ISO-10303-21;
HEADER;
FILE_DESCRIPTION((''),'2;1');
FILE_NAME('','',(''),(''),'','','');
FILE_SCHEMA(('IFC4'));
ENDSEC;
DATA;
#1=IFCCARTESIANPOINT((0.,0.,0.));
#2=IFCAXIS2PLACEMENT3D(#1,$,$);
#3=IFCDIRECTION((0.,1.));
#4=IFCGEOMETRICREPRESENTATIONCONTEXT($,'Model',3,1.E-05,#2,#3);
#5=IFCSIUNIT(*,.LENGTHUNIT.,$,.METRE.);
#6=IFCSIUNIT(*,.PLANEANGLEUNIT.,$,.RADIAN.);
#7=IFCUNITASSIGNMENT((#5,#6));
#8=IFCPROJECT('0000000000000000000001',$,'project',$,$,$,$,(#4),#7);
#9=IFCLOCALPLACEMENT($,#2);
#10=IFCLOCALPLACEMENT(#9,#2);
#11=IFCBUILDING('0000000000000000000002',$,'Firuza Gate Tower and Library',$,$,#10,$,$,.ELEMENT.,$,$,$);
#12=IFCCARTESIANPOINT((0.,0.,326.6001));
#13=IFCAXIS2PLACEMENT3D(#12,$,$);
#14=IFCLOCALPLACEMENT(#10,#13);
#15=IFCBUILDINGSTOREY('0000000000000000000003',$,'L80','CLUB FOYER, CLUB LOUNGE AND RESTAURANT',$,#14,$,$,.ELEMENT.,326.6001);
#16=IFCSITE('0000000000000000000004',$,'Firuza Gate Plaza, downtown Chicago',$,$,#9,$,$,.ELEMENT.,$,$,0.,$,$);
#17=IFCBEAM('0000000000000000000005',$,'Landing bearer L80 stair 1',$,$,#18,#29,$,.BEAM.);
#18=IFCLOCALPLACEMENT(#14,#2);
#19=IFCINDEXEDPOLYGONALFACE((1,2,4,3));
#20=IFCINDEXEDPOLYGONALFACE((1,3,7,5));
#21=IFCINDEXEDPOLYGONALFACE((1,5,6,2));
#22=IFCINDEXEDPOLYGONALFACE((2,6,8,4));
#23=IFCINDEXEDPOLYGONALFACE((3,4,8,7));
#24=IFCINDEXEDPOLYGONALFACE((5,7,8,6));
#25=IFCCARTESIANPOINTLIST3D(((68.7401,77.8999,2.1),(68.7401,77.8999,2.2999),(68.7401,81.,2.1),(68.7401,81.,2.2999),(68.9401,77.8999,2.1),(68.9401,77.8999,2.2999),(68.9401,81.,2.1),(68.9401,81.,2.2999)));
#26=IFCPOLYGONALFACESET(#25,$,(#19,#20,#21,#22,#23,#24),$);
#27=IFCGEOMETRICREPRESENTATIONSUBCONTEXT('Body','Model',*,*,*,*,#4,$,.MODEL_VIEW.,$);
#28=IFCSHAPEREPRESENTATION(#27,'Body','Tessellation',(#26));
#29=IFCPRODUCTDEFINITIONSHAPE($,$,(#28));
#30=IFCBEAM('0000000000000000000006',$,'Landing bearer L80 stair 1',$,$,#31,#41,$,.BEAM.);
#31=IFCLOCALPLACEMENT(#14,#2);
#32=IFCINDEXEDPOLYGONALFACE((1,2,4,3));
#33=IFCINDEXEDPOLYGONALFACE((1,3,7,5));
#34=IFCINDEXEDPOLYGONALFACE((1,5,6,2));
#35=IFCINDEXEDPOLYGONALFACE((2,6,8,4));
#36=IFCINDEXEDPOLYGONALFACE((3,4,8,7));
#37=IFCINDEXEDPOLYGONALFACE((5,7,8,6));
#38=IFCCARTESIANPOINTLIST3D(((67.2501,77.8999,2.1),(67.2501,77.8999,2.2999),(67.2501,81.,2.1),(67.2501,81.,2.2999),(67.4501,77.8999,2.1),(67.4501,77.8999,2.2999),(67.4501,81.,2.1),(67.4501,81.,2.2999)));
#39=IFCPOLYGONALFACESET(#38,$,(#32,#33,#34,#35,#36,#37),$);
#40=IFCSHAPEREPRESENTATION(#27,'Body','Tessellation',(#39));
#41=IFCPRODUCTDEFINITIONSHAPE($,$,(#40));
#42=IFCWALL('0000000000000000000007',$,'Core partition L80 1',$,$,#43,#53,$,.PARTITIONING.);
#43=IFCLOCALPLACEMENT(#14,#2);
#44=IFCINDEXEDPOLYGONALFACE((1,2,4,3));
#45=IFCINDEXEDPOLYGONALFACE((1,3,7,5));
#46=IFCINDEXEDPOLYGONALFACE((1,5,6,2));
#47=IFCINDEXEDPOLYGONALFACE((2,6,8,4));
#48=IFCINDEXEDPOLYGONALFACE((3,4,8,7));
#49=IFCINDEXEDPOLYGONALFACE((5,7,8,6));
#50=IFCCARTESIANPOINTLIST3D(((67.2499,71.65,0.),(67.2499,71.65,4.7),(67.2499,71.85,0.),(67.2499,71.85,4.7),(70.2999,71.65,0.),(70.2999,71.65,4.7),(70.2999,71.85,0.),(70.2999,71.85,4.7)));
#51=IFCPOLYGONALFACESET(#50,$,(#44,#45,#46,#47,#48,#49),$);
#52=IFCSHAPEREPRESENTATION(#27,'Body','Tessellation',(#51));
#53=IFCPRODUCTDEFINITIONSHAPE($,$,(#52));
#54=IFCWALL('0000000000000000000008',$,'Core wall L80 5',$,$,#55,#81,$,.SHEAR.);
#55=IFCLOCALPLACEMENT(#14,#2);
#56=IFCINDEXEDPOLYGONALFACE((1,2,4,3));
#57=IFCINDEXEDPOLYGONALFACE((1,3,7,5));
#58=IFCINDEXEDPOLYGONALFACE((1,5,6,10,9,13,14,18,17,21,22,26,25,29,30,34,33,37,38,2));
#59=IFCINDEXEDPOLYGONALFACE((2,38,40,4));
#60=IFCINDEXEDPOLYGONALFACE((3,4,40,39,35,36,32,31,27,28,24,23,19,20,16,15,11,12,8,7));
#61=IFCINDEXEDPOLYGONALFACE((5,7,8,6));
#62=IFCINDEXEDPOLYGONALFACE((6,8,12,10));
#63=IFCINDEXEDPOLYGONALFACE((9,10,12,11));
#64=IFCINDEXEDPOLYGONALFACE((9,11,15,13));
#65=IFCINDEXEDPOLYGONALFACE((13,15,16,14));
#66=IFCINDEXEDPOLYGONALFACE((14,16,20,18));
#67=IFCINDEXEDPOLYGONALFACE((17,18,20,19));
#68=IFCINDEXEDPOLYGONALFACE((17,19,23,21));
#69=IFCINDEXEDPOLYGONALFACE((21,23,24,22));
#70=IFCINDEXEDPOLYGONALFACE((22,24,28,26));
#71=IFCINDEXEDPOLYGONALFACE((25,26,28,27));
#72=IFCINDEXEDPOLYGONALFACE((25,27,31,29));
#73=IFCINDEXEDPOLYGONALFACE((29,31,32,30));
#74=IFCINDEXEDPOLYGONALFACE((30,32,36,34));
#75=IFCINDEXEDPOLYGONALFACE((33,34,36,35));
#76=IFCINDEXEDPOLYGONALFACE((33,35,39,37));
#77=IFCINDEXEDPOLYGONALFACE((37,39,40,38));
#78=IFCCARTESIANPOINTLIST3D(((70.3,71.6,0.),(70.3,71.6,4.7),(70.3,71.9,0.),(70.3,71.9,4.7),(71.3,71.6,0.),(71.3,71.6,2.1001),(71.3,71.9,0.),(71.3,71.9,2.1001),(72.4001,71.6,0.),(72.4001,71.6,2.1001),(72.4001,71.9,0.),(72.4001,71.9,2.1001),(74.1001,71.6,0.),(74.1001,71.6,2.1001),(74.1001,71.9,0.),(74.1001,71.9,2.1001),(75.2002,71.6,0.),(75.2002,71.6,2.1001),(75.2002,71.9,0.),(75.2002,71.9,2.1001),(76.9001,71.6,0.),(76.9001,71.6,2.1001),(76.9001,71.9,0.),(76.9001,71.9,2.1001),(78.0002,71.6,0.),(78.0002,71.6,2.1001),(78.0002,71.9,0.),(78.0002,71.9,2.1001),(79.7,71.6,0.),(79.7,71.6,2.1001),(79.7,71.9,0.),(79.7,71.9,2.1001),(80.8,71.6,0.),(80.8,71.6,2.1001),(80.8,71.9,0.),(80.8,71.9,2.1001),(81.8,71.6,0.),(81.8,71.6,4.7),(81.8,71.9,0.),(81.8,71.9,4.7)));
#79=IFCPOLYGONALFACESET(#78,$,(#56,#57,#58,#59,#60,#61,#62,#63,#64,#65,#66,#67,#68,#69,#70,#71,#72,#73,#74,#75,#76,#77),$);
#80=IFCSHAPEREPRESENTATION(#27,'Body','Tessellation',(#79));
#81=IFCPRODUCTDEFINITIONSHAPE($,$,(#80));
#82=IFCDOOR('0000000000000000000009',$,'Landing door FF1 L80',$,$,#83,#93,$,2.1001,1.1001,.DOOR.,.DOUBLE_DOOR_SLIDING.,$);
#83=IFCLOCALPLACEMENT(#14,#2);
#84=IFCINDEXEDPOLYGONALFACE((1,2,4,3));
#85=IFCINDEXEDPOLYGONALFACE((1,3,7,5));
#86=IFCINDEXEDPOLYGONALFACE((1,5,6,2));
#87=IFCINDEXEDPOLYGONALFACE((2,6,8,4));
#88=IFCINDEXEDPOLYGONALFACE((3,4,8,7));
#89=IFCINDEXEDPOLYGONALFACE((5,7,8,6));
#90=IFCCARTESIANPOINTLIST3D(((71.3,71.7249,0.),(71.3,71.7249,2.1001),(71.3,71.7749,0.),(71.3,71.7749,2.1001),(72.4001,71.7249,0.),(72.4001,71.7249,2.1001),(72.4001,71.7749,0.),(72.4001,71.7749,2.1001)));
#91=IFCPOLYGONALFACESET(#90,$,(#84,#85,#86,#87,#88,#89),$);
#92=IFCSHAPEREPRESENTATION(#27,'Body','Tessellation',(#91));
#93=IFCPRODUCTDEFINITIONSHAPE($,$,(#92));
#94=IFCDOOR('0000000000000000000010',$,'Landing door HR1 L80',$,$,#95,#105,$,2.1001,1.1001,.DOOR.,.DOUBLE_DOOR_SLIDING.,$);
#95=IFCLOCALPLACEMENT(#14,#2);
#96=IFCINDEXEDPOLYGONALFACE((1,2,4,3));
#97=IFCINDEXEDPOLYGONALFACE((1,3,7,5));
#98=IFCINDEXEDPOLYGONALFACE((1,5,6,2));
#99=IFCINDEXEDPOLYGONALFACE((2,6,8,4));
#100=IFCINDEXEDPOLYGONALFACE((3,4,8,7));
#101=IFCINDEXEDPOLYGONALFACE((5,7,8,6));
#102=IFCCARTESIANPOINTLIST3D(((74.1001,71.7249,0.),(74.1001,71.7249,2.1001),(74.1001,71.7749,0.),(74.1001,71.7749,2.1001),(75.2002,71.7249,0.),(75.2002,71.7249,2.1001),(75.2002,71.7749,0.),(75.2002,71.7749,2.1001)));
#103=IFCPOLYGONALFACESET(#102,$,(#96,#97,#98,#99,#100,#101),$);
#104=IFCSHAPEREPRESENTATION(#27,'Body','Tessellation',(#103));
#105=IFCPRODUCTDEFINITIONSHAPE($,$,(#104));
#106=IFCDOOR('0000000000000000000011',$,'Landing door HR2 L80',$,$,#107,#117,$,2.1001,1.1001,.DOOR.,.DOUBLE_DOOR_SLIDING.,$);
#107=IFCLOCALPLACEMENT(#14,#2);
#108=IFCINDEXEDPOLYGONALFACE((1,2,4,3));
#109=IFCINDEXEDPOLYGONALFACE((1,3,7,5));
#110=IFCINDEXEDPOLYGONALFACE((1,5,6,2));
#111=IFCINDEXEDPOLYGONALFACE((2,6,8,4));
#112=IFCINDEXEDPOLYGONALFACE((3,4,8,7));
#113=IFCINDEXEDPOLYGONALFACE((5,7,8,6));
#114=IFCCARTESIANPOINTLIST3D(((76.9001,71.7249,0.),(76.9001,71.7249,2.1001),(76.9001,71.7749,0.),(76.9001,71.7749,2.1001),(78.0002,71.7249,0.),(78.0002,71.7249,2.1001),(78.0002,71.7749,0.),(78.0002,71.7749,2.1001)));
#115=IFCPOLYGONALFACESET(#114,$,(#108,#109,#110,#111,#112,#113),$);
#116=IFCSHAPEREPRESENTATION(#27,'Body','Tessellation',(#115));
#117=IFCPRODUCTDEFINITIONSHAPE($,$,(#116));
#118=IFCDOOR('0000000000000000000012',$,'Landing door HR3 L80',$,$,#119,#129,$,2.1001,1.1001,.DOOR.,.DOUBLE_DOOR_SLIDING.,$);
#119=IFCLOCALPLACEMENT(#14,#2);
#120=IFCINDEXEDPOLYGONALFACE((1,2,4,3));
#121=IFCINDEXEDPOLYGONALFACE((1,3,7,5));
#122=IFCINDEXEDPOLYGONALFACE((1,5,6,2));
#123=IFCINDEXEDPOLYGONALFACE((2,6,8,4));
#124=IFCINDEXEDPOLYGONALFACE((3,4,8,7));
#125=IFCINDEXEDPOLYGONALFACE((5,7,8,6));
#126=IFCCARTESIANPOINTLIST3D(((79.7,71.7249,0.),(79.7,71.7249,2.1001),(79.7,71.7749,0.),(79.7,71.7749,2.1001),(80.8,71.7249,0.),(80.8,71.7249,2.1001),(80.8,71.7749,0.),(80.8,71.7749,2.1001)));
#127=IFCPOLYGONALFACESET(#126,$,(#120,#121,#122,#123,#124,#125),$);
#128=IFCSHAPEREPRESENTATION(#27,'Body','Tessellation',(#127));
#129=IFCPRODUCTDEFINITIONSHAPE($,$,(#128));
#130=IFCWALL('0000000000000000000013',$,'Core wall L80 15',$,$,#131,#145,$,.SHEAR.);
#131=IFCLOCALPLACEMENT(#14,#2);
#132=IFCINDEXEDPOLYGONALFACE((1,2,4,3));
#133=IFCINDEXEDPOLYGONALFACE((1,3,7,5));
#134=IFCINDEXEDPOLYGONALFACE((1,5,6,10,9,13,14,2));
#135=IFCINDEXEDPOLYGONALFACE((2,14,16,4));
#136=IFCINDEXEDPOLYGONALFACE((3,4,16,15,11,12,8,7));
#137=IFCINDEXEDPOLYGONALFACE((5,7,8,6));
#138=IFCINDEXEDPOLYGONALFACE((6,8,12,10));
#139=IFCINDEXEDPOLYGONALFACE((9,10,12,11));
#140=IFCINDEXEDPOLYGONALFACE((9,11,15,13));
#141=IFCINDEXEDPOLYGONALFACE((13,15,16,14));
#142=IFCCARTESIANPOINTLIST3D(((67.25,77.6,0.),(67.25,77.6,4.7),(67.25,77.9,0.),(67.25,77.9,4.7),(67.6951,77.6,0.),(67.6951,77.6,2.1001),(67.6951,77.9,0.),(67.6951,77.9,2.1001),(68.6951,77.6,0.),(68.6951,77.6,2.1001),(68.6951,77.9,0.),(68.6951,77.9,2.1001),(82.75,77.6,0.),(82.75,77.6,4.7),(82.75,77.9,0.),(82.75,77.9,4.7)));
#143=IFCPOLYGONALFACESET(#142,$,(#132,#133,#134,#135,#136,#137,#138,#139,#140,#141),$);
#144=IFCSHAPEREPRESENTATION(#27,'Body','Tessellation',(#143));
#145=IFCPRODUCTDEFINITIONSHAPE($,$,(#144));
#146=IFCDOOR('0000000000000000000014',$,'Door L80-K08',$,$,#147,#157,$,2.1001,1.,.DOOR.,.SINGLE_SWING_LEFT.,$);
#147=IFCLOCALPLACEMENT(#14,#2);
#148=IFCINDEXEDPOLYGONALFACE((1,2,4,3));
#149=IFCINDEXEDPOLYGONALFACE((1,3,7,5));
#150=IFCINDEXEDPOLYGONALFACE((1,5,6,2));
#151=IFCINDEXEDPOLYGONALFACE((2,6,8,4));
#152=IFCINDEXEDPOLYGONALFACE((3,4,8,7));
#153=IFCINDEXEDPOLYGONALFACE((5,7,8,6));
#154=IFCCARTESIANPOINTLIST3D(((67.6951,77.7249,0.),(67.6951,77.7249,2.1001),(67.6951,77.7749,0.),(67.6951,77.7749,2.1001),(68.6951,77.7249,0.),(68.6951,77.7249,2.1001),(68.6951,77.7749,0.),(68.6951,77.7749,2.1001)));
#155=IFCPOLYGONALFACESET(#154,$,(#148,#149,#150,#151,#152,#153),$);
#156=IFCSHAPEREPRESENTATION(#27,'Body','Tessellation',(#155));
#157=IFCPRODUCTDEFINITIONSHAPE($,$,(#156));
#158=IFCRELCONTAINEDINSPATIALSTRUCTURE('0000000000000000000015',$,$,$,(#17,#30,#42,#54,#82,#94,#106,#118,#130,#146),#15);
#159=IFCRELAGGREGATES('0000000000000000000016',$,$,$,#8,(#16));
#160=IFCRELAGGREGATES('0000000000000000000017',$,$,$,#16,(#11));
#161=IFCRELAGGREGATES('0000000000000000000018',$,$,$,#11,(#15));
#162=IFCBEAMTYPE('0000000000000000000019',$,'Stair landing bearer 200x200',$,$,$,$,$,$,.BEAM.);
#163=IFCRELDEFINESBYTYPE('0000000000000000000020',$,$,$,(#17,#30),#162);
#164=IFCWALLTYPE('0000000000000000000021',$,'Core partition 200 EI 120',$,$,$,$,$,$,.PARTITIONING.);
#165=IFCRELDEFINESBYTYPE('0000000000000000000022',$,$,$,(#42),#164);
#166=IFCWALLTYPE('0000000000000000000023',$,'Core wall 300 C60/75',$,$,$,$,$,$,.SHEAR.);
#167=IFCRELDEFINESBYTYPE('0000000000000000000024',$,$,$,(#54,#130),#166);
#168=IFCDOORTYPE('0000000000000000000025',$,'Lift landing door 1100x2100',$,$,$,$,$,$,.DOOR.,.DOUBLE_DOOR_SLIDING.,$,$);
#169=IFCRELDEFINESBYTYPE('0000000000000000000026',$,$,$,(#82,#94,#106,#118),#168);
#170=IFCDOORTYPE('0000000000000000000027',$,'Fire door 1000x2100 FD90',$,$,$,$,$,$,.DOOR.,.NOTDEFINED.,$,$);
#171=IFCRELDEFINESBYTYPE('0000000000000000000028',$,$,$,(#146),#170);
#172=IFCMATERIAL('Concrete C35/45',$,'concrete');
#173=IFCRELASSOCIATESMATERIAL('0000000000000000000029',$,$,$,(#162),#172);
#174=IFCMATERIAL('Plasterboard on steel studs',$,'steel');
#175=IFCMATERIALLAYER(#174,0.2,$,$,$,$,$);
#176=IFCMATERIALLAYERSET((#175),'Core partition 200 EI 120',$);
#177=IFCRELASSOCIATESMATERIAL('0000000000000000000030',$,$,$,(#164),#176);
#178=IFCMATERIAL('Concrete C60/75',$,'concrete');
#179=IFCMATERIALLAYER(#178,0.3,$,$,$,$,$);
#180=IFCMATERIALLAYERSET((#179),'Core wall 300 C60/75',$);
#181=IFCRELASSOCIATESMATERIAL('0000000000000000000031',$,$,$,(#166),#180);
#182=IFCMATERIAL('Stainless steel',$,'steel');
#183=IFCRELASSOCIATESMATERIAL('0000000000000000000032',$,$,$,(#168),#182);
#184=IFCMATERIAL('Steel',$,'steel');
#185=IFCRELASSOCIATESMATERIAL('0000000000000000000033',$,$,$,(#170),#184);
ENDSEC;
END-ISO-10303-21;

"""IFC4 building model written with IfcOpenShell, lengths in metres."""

from ifc_helpers import new_model, si_unit, direction, frame, frame_2d, origin, origin_2d, place, context, subcontext, project, spatial, rectangle, extrude, material, layer, layer_set, material_profile, profile_set, type_object, element, fill, save


model = new_model("IFC4")

# Units and contexts
model_context = context("Model", 3, precision=1e-05, world=origin(), true_north=direction((0.0, 1.0)))
body_context = subcontext(model_context, "Body", "Model", "MODEL_VIEW")
ifc_project = project(units=[si_unit("LENGTHUNIT", "METRE"), si_unit("PLANEANGLEUNIT", "RADIAN")], contexts=[model_context])

# Site, building, storey
site_placement = place(None, origin())
site = spatial("IfcSite", under=ifc_project, at=site_placement, Name="Firuza Gate Plaza, downtown Chicago", CompositionType="ELEMENT", RefElevation=0.0)
building_placement = place(site_placement, origin())
building = spatial("IfcBuilding", under=site, at=building_placement, Name="Firuza Gate Tower and Library", CompositionType="ELEMENT")
storey_placement = place(building_placement, frame((0.0, 0.0, 326.6001)))
storey = spatial("IfcBuildingStorey", under=building, at=storey_placement, Name="L80", Description="CLUB FOYER, CLUB LOUNGE AND RESTAURANT", CompositionType="ELEMENT", Elevation=326.6001)

# Beams
ifc_material_1 = material(Name="Concrete C35/45", Category="concrete")
ifc_material_profile = material_profile(ifc_material_1, rectangle(XDim=0.2, YDim=0.2, at=origin_2d()))
ifc_profile_set = profile_set([ifc_material_profile], Name="Concrete C35/45")
beam_type = type_object("IfcBeamType", Name="Stair landing bearer 200x200", PredefinedType="BEAM", material=ifc_profile_set)
for number, where, z_axis, x_axis, name in (
    (1, (68.8401, 77.8999, 2.2), (0.0, 1.0, 0.0), (-1.0, 0.0, 0.0), "Landing bearer L80 stair 1"),
    (2, (67.3501, 77.8999, 2.2), (0.0, 1.0, 0.0), (-1.0, 0.0, 0.0), "Landing bearer L80 stair 1"),
):
    element("IfcBeam", number, at=place(storey_placement, frame(where, z_axis=z_axis, x_axis=x_axis)), inside=storey, type_object=beam_type, Name=name, PredefinedType="BEAM", context=body_context, shape_type="SweptSolid", body=[
        extrude(rectangle(XDim=0.2, YDim=0.2, at=origin_2d()), origin(), (0.0, 0.0, 1.0), 3.1001),
    ])

# Wall
ifc_material_2 = material(Name="Plasterboard on steel studs", Category="steel")
ifc_layer_1 = layer(ifc_material_2, 0.2)
ifc_layer_set_1 = layer_set([ifc_layer_1], Name="Core partition 200 EI 120")
wall_type_1 = type_object("IfcWallType", Name="Core partition 200 EI 120", PredefinedType="PARTITIONING", material=ifc_layer_set_1)
wall_1_placement = place(storey_placement, frame((67.25, 71.75, 0.0), z_axis=(0.0, 0.0, 1.0), x_axis=(1.0, 0.0, 0.0)))
element("IfcWall", 3, at=wall_1_placement, inside=storey, type_object=wall_type_1, Name="Core partition L80 1", PredefinedType="PARTITIONING", context=body_context, shape_type="SweptSolid", body=[
    extrude(rectangle(XDim=3.05, YDim=0.2, at=frame_2d((1.5249, 0.0))), origin(), (0.0, 0.0, 1.0), 4.7),
])

# Wall, openings, doors
ifc_material_3 = material(Name="Concrete C60/75", Category="concrete")
ifc_layer_2 = layer(ifc_material_3, 0.3)
ifc_layer_set_2 = layer_set([ifc_layer_2], Name="Core wall 300 C60/75")
wall_type_2 = type_object("IfcWallType", Name="Core wall 300 C60/75", PredefinedType="SHEAR", material=ifc_layer_set_2)
wall_2_placement = place(storey_placement, frame((70.3, 71.75, 0.0), z_axis=(0.0, 0.0, 1.0), x_axis=(1.0, 0.0, 0.0)))
wall_2 = element("IfcWall", 4, at=wall_2_placement, inside=storey, type_object=wall_type_2, Name="Core wall L80 5", PredefinedType="SHEAR", context=body_context, shape_type="SweptSolid", body=[
    extrude(rectangle(XDim=11.5, YDim=0.3, at=frame_2d((5.75, 0.0))), origin(), (0.0, 0.0, 1.0), 4.7),
])
opening_1_placement = place(wall_2_placement, frame((1.0, 0.0, 0.0)))
opening_1 = element("IfcOpeningElement", 5, at=opening_1_placement, cuts=wall_2, PredefinedType="OPENING", context=body_context, shape_type="SweptSolid", body=[
    extrude(rectangle(XDim=1.1001, YDim=2.1001, at=frame_2d((0.55, 1.05))), frame((0.0, 0.1602, 0.0), z_axis=(0.0, -1.0, 0.0), x_axis=(1.0, 0.0, 0.0)), (0.0, 0.0, 1.0), 0.3201),
])
opening_2_placement = place(wall_2_placement, frame((3.8, 0.0, 0.0)))
opening_2 = element("IfcOpeningElement", 6, at=opening_2_placement, cuts=wall_2, PredefinedType="OPENING", context=body_context, shape_type="SweptSolid", body=[
    extrude(rectangle(XDim=1.1001, YDim=2.1001, at=frame_2d((0.55, 1.05))), frame((0.0, 0.1602, 0.0), z_axis=(0.0, -1.0, 0.0), x_axis=(1.0, 0.0, 0.0)), (0.0, 0.0, 1.0), 0.3201),
])
opening_3_placement = place(wall_2_placement, frame((6.6001, 0.0, 0.0)))
opening_3 = element("IfcOpeningElement", 7, at=opening_3_placement, cuts=wall_2, PredefinedType="OPENING", context=body_context, shape_type="SweptSolid", body=[
    extrude(rectangle(XDim=1.1001, YDim=2.1001, at=frame_2d((0.55, 1.05))), frame((0.0, 0.1602, 0.0), z_axis=(0.0, -1.0, 0.0), x_axis=(1.0, 0.0, 0.0)), (0.0, 0.0, 1.0), 0.3201),
])
opening_4_placement = place(wall_2_placement, frame((9.3999, 0.0, 0.0)))
opening_4 = element("IfcOpeningElement", 8, at=opening_4_placement, cuts=wall_2, PredefinedType="OPENING", context=body_context, shape_type="SweptSolid", body=[
    extrude(rectangle(XDim=1.1001, YDim=2.1001, at=frame_2d((0.55, 1.05))), frame((0.0, 0.1602, 0.0), z_axis=(0.0, -1.0, 0.0), x_axis=(1.0, 0.0, 0.0)), (0.0, 0.0, 1.0), 0.3201),
])
ifc_material_4 = material(Name="Stainless steel", Category="steel")
door_type_1 = type_object("IfcDoorType", Name="Lift landing door 1100x2100", OperationType="DOUBLE_DOOR_SLIDING", PredefinedType="DOOR", material=ifc_material_4)
door_1_placement = place(opening_1_placement, origin())
door_1 = element("IfcDoor", 9, at=door_1_placement, inside=storey, type_object=door_type_1, Name="Landing door FF1 L80", OperationType="DOUBLE_DOOR_SLIDING", OverallHeight=2.1001, OverallWidth=1.1001, PredefinedType="DOOR", context=body_context, shape_type="SweptSolid", body=[
    extrude(rectangle(XDim=1.1001, YDim=2.1001, at=frame_2d((0.55, 1.05))), frame((0.0, 0.0249, 0.0), z_axis=(0.0, -1.0, 0.0), x_axis=(1.0, 0.0, 0.0)), (0.0, 0.0, 1.0), 0.05),
])
fill(opening_1, door_1)
door_2_placement = place(opening_2_placement, origin())
door_2 = element("IfcDoor", 10, at=door_2_placement, inside=storey, type_object=door_type_1, Name="Landing door HR1 L80", OperationType="DOUBLE_DOOR_SLIDING", OverallHeight=2.1001, OverallWidth=1.1001, PredefinedType="DOOR", context=body_context, shape_type="SweptSolid", body=[
    extrude(rectangle(XDim=1.1001, YDim=2.1001, at=frame_2d((0.55, 1.05))), frame((0.0, 0.0249, 0.0), z_axis=(0.0, -1.0, 0.0), x_axis=(1.0, 0.0, 0.0)), (0.0, 0.0, 1.0), 0.05),
])
fill(opening_2, door_2)
door_3_placement = place(opening_3_placement, origin())
door_3 = element("IfcDoor", 11, at=door_3_placement, inside=storey, type_object=door_type_1, Name="Landing door HR2 L80", OperationType="DOUBLE_DOOR_SLIDING", OverallHeight=2.1001, OverallWidth=1.1001, PredefinedType="DOOR", context=body_context, shape_type="SweptSolid", body=[
    extrude(rectangle(XDim=1.1001, YDim=2.1001, at=frame_2d((0.55, 1.05))), frame((0.0, 0.0249, 0.0), z_axis=(0.0, -1.0, 0.0), x_axis=(1.0, 0.0, 0.0)), (0.0, 0.0, 1.0), 0.05),
])
fill(opening_3, door_3)
door_4_placement = place(opening_4_placement, origin())
door_4 = element("IfcDoor", 12, at=door_4_placement, inside=storey, type_object=door_type_1, Name="Landing door HR3 L80", OperationType="DOUBLE_DOOR_SLIDING", OverallHeight=2.1001, OverallWidth=1.1001, PredefinedType="DOOR", context=body_context, shape_type="SweptSolid", body=[
    extrude(rectangle(XDim=1.1001, YDim=2.1001, at=frame_2d((0.55, 1.05))), frame((0.0, 0.0249, 0.0), z_axis=(0.0, -1.0, 0.0), x_axis=(1.0, 0.0, 0.0)), (0.0, 0.0, 1.0), 0.05),
])
fill(opening_4, door_4)

# Wall, opening, door
wall_3_placement = place(storey_placement, frame((67.25, 77.75, 0.0), z_axis=(0.0, 0.0, 1.0), x_axis=(1.0, 0.0, 0.0)))
wall_3 = element("IfcWall", 13, at=wall_3_placement, inside=storey, type_object=wall_type_2, Name="Core wall L80 15", PredefinedType="SHEAR", context=body_context, shape_type="SweptSolid", body=[
    extrude(rectangle(XDim=15.5, YDim=0.3, at=frame_2d((7.75, 0.0))), origin(), (0.0, 0.0, 1.0), 4.7),
])
opening_5_placement = place(wall_3_placement, frame((0.4451, 0.0, 0.0)))
opening_5 = element("IfcOpeningElement", 14, at=opening_5_placement, cuts=wall_3, PredefinedType="OPENING", context=body_context, shape_type="SweptSolid", body=[
    extrude(rectangle(XDim=1.0, YDim=2.1001, at=frame_2d((0.5, 1.05))), frame((0.0, 0.1602, 0.0), z_axis=(0.0, -1.0, 0.0), x_axis=(1.0, 0.0, 0.0)), (0.0, 0.0, 1.0), 0.3201),
])
ifc_material_5 = material(Name="Steel", Category="steel")
door_type_2 = type_object("IfcDoorType", Name="Fire door 1000x2100 FD90", OperationType="NOTDEFINED", PredefinedType="DOOR", material=ifc_material_5)
door_5_placement = place(opening_5_placement, origin())
door_5 = element("IfcDoor", 15, at=door_5_placement, inside=storey, type_object=door_type_2, Name="Door L80-K08", OperationType="SINGLE_SWING_LEFT", OverallHeight=2.1001, OverallWidth=1.0, PredefinedType="DOOR", context=body_context, shape_type="SweptSolid", body=[
    extrude(rectangle(XDim=1.0, YDim=2.1001, at=frame_2d((0.5, 1.05))), frame((0.0, 0.0249, 0.0), z_axis=(0.0, -1.0, 0.0), x_axis=(1.0, 0.0, 0.0)), (0.0, 0.0, 1.0), 0.05),
])
fill(opening_5, door_5)

save(model, "model.ifc")
